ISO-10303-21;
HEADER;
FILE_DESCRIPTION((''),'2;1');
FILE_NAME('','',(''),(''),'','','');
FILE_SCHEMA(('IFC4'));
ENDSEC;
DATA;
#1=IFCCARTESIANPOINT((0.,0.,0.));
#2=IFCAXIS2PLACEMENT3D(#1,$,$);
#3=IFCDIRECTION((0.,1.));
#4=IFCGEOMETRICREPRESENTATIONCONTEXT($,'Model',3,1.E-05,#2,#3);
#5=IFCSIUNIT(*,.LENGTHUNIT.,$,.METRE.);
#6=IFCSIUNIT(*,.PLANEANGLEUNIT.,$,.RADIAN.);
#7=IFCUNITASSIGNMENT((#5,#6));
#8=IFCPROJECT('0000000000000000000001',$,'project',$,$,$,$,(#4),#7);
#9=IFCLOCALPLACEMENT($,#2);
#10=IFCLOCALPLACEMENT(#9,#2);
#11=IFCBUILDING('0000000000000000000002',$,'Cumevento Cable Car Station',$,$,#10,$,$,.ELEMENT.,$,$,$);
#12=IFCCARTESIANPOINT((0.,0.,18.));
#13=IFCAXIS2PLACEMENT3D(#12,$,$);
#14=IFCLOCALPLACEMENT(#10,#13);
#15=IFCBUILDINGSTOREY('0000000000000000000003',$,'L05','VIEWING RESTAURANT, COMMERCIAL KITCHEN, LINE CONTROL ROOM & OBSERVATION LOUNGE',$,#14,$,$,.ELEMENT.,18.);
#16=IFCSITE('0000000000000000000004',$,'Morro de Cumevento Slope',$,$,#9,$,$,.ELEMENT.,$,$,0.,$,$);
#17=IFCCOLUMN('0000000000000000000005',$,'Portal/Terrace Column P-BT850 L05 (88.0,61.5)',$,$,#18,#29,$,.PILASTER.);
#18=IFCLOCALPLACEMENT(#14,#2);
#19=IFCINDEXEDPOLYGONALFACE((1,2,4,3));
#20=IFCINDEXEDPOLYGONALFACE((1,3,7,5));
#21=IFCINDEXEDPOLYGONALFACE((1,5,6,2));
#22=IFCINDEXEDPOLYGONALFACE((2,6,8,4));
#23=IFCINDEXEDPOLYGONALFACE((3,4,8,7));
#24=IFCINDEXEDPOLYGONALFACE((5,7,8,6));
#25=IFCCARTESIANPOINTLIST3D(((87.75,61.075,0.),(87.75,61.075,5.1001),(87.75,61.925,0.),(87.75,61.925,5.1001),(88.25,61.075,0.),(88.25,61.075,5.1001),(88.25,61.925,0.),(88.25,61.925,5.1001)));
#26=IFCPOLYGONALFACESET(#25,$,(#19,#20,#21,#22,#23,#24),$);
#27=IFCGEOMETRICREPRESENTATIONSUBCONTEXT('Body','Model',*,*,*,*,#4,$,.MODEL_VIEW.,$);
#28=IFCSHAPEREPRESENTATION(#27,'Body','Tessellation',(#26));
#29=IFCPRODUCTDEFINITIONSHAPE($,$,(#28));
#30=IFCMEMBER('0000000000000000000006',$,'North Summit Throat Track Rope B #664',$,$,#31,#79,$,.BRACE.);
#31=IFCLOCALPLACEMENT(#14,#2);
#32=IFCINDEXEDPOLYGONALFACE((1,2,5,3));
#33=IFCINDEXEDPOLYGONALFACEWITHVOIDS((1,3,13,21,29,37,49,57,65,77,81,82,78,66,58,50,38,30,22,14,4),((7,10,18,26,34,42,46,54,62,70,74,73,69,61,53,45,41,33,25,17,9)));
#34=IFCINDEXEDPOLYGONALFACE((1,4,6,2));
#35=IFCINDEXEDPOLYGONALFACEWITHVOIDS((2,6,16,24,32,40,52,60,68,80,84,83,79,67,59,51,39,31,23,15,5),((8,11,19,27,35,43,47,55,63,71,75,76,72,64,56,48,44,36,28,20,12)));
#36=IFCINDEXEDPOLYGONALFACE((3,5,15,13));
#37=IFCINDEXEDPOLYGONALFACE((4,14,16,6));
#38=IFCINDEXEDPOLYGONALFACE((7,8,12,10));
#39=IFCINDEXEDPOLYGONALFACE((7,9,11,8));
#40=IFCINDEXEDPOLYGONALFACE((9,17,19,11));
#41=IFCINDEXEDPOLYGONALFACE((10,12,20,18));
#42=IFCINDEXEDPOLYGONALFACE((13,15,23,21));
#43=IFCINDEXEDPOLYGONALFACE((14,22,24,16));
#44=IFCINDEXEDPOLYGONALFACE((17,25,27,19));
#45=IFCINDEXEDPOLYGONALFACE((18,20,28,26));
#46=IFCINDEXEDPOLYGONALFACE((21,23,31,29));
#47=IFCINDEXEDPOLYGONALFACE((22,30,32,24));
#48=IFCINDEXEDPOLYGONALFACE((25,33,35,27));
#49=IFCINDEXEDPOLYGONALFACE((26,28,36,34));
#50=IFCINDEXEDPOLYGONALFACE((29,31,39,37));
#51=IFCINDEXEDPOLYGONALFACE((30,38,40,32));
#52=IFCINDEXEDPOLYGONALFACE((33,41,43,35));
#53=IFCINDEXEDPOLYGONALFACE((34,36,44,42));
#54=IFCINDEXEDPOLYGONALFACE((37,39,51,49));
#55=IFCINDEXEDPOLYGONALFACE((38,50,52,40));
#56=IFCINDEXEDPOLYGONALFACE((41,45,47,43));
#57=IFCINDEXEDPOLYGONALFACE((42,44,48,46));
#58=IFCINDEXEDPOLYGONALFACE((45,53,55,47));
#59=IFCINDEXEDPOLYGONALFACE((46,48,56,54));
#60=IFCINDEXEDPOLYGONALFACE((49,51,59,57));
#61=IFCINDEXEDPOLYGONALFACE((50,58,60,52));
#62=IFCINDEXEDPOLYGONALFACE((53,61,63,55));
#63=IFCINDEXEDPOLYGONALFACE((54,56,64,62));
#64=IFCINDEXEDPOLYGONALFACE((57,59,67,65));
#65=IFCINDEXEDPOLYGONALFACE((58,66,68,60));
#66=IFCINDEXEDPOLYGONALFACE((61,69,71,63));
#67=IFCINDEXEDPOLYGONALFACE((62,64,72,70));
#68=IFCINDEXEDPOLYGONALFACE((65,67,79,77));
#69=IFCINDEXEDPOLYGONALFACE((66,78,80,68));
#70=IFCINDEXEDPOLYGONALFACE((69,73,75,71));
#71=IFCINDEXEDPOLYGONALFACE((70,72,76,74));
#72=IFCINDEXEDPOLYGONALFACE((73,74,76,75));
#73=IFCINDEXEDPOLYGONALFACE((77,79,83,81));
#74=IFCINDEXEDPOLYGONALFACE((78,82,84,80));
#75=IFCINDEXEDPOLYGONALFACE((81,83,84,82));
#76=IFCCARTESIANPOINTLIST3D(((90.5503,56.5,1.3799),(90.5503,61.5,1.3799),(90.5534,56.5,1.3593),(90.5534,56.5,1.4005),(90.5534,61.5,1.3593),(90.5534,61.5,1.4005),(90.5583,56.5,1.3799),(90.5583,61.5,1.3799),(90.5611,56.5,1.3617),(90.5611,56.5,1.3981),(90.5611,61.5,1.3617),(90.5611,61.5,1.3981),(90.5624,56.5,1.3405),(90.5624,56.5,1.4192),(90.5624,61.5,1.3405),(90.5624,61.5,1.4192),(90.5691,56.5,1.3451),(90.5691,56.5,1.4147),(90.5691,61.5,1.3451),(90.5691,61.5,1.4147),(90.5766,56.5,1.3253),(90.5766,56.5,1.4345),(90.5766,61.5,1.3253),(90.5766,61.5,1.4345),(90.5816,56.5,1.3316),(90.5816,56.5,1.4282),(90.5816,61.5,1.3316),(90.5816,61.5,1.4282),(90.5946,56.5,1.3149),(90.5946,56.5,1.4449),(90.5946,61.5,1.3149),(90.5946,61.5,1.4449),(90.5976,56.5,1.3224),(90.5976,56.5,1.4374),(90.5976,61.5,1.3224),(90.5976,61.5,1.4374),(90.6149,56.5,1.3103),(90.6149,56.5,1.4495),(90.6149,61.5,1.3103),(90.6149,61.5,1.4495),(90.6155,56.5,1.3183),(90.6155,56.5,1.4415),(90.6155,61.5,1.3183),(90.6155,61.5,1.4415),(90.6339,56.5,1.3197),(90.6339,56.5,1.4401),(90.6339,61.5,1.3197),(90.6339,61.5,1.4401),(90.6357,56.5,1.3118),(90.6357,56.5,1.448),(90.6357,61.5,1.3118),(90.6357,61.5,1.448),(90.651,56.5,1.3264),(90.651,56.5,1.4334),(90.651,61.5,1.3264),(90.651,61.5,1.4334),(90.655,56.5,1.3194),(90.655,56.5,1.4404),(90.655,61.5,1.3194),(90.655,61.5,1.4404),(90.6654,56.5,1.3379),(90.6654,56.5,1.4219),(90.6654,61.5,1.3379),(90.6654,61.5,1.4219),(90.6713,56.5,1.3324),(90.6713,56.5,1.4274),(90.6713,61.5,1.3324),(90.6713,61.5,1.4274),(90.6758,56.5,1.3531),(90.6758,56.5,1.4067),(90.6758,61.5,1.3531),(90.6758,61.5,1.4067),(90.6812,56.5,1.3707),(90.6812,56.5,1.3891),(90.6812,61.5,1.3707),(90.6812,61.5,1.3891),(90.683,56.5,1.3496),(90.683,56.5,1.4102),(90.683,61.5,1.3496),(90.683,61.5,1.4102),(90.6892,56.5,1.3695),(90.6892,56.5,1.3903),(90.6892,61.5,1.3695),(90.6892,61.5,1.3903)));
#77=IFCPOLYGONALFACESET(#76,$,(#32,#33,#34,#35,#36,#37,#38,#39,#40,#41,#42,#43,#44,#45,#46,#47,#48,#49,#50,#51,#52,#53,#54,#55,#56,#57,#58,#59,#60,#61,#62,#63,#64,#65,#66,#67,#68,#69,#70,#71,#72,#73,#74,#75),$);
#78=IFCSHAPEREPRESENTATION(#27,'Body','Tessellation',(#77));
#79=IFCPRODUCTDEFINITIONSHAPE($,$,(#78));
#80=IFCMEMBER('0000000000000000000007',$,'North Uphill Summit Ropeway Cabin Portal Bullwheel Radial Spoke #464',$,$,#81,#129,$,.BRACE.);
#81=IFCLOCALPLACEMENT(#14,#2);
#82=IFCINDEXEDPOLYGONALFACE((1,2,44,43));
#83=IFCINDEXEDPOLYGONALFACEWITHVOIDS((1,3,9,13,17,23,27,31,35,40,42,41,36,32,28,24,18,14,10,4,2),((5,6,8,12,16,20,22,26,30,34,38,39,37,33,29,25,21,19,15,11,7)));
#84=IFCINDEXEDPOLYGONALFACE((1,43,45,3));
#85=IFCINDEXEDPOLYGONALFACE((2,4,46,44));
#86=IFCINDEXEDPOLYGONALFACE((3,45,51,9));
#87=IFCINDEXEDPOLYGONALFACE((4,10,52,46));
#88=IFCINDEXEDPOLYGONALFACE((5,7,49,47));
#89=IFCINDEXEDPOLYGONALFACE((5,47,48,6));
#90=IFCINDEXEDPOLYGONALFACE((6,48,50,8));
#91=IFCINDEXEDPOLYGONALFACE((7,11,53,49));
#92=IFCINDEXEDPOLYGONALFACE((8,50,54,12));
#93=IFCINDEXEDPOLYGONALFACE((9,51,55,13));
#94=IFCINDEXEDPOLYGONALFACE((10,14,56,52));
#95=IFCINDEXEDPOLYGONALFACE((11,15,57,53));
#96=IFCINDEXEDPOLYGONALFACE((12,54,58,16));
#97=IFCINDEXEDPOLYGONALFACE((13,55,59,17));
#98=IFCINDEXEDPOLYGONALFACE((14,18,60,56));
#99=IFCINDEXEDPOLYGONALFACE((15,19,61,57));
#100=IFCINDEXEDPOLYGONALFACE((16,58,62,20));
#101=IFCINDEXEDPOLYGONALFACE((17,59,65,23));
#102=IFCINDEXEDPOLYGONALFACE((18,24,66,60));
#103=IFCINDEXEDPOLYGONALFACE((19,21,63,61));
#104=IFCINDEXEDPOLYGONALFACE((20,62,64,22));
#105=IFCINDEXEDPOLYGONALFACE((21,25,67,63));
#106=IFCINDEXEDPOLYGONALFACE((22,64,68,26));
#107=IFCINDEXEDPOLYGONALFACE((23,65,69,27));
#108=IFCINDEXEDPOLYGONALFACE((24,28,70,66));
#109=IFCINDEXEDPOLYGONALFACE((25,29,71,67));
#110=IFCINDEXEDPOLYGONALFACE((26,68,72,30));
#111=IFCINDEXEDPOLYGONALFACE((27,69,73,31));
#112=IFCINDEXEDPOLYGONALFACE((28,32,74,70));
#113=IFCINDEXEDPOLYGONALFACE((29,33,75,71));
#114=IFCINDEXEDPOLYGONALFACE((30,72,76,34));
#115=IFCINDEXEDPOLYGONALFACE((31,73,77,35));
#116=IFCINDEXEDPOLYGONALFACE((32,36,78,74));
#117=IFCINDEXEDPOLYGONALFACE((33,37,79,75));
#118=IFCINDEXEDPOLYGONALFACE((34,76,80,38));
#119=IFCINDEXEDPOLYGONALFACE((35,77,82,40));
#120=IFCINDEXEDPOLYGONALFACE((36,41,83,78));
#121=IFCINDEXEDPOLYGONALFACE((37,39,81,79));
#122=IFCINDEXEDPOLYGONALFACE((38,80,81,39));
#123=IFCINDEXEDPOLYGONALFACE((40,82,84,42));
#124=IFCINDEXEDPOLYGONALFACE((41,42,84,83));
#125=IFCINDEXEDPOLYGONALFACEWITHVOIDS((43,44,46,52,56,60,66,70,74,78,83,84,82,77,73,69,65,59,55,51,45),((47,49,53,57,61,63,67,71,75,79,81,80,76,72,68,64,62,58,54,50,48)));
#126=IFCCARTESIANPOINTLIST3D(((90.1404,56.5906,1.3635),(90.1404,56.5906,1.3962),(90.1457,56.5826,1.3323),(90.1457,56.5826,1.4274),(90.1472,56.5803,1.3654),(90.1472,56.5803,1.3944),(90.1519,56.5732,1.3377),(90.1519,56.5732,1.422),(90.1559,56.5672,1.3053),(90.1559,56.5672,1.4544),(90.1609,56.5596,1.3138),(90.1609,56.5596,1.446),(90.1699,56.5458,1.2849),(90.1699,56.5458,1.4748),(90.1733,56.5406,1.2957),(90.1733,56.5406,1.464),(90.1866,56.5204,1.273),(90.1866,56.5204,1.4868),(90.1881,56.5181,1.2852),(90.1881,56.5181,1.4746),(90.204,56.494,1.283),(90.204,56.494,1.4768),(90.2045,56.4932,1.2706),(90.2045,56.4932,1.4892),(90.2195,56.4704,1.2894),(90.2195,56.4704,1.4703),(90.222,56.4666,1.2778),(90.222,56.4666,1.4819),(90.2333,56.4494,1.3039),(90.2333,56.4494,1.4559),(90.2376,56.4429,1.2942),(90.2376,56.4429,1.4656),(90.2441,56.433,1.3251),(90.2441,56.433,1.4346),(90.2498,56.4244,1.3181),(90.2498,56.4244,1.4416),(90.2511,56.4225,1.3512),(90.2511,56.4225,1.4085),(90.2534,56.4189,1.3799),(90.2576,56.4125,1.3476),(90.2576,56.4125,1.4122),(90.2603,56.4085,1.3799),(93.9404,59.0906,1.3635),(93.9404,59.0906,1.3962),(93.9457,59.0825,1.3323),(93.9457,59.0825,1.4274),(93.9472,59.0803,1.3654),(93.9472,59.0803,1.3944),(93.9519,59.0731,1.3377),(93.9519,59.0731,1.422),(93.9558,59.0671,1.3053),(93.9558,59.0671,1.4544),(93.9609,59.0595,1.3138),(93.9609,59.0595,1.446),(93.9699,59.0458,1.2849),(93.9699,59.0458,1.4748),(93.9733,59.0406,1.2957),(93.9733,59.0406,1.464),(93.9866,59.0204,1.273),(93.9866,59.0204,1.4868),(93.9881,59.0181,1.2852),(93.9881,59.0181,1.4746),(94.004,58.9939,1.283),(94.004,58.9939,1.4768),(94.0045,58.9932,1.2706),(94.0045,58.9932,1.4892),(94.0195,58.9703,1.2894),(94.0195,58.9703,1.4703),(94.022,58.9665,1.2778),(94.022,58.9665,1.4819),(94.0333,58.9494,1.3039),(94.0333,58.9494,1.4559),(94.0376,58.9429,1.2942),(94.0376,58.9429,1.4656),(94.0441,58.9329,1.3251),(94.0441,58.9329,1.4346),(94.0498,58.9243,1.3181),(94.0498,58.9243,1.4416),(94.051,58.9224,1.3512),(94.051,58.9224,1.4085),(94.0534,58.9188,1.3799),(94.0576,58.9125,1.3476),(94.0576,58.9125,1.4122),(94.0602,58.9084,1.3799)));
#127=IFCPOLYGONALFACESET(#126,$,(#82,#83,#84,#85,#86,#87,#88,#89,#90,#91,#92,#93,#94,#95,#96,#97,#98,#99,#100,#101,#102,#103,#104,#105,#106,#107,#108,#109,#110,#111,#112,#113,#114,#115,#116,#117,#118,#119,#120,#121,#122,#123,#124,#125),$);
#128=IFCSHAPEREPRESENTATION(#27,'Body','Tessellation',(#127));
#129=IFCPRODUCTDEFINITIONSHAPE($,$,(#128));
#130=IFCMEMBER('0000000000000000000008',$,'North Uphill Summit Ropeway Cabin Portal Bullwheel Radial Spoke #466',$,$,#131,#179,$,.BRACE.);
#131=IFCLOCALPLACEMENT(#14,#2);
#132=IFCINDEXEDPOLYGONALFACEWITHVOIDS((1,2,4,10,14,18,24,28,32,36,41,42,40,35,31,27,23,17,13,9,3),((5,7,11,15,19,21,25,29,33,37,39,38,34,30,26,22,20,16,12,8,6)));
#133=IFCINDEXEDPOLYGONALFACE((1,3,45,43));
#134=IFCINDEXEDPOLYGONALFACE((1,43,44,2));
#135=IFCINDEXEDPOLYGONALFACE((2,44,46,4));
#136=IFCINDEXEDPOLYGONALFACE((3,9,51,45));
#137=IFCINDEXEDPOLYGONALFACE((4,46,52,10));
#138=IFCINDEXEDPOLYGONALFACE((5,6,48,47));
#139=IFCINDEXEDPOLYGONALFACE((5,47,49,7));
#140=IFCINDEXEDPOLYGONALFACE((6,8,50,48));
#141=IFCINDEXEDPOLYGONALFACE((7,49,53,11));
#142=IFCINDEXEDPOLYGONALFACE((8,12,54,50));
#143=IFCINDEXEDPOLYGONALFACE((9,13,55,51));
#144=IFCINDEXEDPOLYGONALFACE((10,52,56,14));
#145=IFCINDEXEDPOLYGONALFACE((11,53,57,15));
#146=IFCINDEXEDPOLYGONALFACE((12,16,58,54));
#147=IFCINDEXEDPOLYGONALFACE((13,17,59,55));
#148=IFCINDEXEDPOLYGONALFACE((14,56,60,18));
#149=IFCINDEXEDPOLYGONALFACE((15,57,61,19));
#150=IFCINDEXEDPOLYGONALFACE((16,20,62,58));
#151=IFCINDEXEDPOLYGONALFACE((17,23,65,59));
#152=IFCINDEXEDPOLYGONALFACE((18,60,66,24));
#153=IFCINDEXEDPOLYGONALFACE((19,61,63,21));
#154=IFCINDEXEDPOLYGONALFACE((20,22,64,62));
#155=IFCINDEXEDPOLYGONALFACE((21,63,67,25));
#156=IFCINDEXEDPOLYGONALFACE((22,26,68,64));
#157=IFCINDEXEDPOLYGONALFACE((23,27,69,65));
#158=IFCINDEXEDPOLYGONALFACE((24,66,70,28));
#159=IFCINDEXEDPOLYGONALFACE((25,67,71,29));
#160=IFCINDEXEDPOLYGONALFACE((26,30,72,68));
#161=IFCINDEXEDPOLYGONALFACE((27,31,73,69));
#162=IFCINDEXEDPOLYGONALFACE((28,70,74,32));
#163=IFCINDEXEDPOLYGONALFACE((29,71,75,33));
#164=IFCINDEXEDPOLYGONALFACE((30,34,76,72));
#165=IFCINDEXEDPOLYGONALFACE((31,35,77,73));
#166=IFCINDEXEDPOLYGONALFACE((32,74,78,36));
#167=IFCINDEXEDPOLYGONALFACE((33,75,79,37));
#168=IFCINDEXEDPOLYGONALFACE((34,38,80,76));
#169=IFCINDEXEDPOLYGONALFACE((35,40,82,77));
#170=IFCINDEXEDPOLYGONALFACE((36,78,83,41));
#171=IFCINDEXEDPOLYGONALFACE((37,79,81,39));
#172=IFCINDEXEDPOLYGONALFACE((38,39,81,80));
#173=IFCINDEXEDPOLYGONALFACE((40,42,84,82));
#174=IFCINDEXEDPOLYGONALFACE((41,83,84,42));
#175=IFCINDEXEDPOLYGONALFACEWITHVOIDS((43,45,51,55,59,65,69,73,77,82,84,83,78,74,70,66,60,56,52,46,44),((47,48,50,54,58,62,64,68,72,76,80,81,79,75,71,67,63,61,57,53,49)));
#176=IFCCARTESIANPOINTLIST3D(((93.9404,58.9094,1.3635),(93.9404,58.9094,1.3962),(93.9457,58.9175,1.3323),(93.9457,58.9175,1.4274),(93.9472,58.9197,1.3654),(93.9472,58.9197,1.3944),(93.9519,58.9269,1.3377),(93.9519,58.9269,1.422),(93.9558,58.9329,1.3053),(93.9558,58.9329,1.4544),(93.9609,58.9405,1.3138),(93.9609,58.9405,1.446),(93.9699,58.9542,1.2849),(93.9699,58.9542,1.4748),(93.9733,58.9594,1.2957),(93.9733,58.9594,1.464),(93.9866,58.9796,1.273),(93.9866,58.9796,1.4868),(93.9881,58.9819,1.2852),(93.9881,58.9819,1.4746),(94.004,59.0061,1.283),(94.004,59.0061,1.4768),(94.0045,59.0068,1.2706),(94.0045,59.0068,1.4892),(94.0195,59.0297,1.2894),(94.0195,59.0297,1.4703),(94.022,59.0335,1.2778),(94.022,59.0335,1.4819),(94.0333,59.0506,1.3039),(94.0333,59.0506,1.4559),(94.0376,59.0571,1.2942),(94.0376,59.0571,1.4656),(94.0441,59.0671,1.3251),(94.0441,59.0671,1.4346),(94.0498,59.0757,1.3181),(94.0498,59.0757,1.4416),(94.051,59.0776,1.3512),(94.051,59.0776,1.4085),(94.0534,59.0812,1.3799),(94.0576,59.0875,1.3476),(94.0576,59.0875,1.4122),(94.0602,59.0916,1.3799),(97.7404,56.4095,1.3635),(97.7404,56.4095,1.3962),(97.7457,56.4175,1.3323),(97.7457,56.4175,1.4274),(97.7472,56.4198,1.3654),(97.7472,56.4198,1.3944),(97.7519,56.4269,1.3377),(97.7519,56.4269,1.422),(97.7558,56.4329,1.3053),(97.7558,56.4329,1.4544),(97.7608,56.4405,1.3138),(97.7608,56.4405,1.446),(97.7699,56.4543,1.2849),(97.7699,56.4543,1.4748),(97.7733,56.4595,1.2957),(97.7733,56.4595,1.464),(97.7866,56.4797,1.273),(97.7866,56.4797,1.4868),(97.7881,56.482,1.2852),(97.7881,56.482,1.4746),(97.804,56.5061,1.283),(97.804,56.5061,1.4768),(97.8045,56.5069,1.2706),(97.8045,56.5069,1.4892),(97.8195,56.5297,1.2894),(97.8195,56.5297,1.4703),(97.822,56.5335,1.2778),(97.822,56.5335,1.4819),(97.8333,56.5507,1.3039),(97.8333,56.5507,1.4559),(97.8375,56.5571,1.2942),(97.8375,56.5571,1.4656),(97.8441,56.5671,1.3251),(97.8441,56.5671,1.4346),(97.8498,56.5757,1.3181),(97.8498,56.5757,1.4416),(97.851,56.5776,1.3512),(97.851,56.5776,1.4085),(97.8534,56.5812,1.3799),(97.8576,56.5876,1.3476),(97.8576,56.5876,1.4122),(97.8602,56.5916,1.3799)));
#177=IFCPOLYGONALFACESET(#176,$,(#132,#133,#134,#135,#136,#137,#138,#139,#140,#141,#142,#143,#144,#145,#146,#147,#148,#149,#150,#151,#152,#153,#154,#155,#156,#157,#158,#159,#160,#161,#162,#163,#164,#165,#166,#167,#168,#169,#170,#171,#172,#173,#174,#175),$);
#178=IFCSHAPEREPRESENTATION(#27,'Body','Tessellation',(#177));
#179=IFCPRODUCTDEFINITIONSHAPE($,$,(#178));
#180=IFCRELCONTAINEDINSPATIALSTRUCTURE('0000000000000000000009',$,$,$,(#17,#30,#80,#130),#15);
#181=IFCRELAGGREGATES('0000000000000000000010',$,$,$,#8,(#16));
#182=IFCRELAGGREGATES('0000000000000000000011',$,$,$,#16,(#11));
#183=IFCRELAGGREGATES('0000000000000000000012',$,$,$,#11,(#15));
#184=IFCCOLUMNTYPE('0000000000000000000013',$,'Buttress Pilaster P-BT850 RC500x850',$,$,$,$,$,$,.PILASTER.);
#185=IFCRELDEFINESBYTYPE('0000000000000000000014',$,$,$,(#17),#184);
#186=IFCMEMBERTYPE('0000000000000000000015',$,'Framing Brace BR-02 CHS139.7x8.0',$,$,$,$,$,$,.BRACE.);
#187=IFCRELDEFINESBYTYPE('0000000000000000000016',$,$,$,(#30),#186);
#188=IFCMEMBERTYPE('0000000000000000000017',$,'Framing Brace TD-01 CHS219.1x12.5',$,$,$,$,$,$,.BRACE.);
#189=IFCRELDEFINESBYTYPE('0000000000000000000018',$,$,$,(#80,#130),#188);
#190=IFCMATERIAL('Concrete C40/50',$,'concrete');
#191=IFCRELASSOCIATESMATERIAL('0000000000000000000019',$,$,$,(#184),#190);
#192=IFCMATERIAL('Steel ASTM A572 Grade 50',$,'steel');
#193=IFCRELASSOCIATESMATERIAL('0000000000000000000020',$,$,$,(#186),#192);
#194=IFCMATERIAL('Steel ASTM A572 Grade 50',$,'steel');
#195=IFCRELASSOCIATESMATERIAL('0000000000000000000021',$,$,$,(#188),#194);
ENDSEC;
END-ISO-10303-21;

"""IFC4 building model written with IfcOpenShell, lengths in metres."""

from ifc_helpers import new_model, si_unit, direction, frame, origin, origin_2d, place, context, subcontext, project, spatial, rectangle, hollow_circle, extrude, material, material_profile, profile_set, type_object, element, save


model = new_model("IFC4")

# Units and contexts
model_context = context("Model", 3, precision=1e-05, world=origin(), true_north=direction((0.0, 1.0)))
body_context = subcontext(model_context, "Body", "Model", "MODEL_VIEW")
ifc_project = project(units=[si_unit("LENGTHUNIT", "METRE"), si_unit("PLANEANGLEUNIT", "RADIAN")], contexts=[model_context])

# Site, building, storey
site_placement = place(None, origin())
site = spatial("IfcSite", under=ifc_project, at=site_placement, Name="Morro de Cumevento Slope", CompositionType="ELEMENT", RefElevation=0.0)
building_placement = place(site_placement, origin())
building = spatial("IfcBuilding", under=site, at=building_placement, Name="Cumevento Cable Car Station", CompositionType="ELEMENT")
storey_placement = place(building_placement, frame((0.0, 0.0, 18.0)))
storey = spatial("IfcBuildingStorey", under=building, at=storey_placement, Name="L05", Description="VIEWING RESTAURANT, COMMERCIAL KITCHEN, LINE CONTROL ROOM & OBSERVATION LOUNGE", CompositionType="ELEMENT", Elevation=18.0)

# Column
ifc_material_1 = material(Name="Concrete C40/50", Category="concrete")
ifc_material_profile_1 = material_profile(ifc_material_1, rectangle(XDim=0.5, YDim=0.8501, at=origin_2d()), Name="RC500x850")
ifc_profile_set_1 = profile_set([ifc_material_profile_1], Name="Concrete C40/50")
column_type = type_object("IfcColumnType", Name="Buttress Pilaster P-BT850 RC500x850", PredefinedType="PILASTER", material=ifc_profile_set_1)
column_placement = place(storey_placement, frame((88.0, 61.5, 0.0), z_axis=(0.0, 0.0, 1.0), x_axis=(1.0, 0.0, 0.0)))
element("IfcColumn", 1, at=column_placement, inside=storey, type_object=column_type, Name="Portal/Terrace Column P-BT850 L05 (88.0,61.5)", PredefinedType="PILASTER", context=body_context, shape_type="SweptSolid", body=[
    extrude(rectangle(XDim=0.5, YDim=0.8501, at=origin_2d()), origin(), (0.0, 0.0, 1.0), 5.1001),
])

# Members
ifc_material_2 = material(Name="Steel ASTM A572 Grade 50", Category="steel")
ifc_material_profile_2 = material_profile(ifc_material_2, hollow_circle(Radius=0.0698, WallThickness=0.0081, at=origin_2d()), Name="CHS139.7x8.0")
ifc_profile_set_2 = profile_set([ifc_material_profile_2], Name="Steel ASTM A572 Grade 50")
member_type_1 = type_object("IfcMemberType", Name="Framing Brace BR-02 CHS139.7x8.0", PredefinedType="BRACE", material=ifc_profile_set_2)
member_1_placement = place(storey_placement, frame((90.6201, 56.5, 1.3799), z_axis=(0.0, 1.0, 0.0), x_axis=(-1.0, 0.0, 0.0)))
element("IfcMember", 2, at=member_1_placement, inside=storey, type_object=member_type_1, Name="North Summit Throat Track Rope B #664", PredefinedType="BRACE", context=body_context, shape_type="SweptSolid", body=[
    extrude(hollow_circle(Radius=0.0698, WallThickness=0.0081, at=origin_2d()), origin(), (0.0, 0.0, 1.0), 5.0),
])
ifc_material_3 = material(Name="Steel ASTM A572 Grade 50", Category="steel")
ifc_material_profile_3 = material_profile(ifc_material_3, hollow_circle(Radius=0.1096, WallThickness=0.0125, at=origin_2d()), Name="CHS219.1x12.5")
ifc_profile_set_3 = profile_set([ifc_material_profile_3], Name="Steel ASTM A572 Grade 50")
member_type_2 = type_object("IfcMemberType", Name="Framing Brace TD-01 CHS219.1x12.5", PredefinedType="BRACE", material=ifc_profile_set_3)
for number, where, z_axis, x_axis, name in (
    (3, (94.0, 59.0, 1.3799), (-0.83542, -0.549612, 0.0), (0.549612, -0.83542, 0.0), "North Uphill Summit Ropeway Cabin Portal Bullwheel Radial Spoke #464"),
    (4, (94.0, 59.0, 1.3799), (0.83542, -0.549612, 0.0), (0.549612, 0.83542, 0.0), "North Uphill Summit Ropeway Cabin Portal Bullwheel Radial Spoke #466"),
):
    element("IfcMember", number, at=place(storey_placement, frame(where, z_axis=z_axis, x_axis=x_axis)), inside=storey, type_object=member_type_2, Name=name, PredefinedType="BRACE", context=body_context, shape_type="SweptSolid", body=[
        extrude(hollow_circle(Radius=0.1096, WallThickness=0.0125, at=origin_2d()), origin(), (0.0, 0.0, 1.0), 4.5486),
    ])

save(model, "model.ifc")
